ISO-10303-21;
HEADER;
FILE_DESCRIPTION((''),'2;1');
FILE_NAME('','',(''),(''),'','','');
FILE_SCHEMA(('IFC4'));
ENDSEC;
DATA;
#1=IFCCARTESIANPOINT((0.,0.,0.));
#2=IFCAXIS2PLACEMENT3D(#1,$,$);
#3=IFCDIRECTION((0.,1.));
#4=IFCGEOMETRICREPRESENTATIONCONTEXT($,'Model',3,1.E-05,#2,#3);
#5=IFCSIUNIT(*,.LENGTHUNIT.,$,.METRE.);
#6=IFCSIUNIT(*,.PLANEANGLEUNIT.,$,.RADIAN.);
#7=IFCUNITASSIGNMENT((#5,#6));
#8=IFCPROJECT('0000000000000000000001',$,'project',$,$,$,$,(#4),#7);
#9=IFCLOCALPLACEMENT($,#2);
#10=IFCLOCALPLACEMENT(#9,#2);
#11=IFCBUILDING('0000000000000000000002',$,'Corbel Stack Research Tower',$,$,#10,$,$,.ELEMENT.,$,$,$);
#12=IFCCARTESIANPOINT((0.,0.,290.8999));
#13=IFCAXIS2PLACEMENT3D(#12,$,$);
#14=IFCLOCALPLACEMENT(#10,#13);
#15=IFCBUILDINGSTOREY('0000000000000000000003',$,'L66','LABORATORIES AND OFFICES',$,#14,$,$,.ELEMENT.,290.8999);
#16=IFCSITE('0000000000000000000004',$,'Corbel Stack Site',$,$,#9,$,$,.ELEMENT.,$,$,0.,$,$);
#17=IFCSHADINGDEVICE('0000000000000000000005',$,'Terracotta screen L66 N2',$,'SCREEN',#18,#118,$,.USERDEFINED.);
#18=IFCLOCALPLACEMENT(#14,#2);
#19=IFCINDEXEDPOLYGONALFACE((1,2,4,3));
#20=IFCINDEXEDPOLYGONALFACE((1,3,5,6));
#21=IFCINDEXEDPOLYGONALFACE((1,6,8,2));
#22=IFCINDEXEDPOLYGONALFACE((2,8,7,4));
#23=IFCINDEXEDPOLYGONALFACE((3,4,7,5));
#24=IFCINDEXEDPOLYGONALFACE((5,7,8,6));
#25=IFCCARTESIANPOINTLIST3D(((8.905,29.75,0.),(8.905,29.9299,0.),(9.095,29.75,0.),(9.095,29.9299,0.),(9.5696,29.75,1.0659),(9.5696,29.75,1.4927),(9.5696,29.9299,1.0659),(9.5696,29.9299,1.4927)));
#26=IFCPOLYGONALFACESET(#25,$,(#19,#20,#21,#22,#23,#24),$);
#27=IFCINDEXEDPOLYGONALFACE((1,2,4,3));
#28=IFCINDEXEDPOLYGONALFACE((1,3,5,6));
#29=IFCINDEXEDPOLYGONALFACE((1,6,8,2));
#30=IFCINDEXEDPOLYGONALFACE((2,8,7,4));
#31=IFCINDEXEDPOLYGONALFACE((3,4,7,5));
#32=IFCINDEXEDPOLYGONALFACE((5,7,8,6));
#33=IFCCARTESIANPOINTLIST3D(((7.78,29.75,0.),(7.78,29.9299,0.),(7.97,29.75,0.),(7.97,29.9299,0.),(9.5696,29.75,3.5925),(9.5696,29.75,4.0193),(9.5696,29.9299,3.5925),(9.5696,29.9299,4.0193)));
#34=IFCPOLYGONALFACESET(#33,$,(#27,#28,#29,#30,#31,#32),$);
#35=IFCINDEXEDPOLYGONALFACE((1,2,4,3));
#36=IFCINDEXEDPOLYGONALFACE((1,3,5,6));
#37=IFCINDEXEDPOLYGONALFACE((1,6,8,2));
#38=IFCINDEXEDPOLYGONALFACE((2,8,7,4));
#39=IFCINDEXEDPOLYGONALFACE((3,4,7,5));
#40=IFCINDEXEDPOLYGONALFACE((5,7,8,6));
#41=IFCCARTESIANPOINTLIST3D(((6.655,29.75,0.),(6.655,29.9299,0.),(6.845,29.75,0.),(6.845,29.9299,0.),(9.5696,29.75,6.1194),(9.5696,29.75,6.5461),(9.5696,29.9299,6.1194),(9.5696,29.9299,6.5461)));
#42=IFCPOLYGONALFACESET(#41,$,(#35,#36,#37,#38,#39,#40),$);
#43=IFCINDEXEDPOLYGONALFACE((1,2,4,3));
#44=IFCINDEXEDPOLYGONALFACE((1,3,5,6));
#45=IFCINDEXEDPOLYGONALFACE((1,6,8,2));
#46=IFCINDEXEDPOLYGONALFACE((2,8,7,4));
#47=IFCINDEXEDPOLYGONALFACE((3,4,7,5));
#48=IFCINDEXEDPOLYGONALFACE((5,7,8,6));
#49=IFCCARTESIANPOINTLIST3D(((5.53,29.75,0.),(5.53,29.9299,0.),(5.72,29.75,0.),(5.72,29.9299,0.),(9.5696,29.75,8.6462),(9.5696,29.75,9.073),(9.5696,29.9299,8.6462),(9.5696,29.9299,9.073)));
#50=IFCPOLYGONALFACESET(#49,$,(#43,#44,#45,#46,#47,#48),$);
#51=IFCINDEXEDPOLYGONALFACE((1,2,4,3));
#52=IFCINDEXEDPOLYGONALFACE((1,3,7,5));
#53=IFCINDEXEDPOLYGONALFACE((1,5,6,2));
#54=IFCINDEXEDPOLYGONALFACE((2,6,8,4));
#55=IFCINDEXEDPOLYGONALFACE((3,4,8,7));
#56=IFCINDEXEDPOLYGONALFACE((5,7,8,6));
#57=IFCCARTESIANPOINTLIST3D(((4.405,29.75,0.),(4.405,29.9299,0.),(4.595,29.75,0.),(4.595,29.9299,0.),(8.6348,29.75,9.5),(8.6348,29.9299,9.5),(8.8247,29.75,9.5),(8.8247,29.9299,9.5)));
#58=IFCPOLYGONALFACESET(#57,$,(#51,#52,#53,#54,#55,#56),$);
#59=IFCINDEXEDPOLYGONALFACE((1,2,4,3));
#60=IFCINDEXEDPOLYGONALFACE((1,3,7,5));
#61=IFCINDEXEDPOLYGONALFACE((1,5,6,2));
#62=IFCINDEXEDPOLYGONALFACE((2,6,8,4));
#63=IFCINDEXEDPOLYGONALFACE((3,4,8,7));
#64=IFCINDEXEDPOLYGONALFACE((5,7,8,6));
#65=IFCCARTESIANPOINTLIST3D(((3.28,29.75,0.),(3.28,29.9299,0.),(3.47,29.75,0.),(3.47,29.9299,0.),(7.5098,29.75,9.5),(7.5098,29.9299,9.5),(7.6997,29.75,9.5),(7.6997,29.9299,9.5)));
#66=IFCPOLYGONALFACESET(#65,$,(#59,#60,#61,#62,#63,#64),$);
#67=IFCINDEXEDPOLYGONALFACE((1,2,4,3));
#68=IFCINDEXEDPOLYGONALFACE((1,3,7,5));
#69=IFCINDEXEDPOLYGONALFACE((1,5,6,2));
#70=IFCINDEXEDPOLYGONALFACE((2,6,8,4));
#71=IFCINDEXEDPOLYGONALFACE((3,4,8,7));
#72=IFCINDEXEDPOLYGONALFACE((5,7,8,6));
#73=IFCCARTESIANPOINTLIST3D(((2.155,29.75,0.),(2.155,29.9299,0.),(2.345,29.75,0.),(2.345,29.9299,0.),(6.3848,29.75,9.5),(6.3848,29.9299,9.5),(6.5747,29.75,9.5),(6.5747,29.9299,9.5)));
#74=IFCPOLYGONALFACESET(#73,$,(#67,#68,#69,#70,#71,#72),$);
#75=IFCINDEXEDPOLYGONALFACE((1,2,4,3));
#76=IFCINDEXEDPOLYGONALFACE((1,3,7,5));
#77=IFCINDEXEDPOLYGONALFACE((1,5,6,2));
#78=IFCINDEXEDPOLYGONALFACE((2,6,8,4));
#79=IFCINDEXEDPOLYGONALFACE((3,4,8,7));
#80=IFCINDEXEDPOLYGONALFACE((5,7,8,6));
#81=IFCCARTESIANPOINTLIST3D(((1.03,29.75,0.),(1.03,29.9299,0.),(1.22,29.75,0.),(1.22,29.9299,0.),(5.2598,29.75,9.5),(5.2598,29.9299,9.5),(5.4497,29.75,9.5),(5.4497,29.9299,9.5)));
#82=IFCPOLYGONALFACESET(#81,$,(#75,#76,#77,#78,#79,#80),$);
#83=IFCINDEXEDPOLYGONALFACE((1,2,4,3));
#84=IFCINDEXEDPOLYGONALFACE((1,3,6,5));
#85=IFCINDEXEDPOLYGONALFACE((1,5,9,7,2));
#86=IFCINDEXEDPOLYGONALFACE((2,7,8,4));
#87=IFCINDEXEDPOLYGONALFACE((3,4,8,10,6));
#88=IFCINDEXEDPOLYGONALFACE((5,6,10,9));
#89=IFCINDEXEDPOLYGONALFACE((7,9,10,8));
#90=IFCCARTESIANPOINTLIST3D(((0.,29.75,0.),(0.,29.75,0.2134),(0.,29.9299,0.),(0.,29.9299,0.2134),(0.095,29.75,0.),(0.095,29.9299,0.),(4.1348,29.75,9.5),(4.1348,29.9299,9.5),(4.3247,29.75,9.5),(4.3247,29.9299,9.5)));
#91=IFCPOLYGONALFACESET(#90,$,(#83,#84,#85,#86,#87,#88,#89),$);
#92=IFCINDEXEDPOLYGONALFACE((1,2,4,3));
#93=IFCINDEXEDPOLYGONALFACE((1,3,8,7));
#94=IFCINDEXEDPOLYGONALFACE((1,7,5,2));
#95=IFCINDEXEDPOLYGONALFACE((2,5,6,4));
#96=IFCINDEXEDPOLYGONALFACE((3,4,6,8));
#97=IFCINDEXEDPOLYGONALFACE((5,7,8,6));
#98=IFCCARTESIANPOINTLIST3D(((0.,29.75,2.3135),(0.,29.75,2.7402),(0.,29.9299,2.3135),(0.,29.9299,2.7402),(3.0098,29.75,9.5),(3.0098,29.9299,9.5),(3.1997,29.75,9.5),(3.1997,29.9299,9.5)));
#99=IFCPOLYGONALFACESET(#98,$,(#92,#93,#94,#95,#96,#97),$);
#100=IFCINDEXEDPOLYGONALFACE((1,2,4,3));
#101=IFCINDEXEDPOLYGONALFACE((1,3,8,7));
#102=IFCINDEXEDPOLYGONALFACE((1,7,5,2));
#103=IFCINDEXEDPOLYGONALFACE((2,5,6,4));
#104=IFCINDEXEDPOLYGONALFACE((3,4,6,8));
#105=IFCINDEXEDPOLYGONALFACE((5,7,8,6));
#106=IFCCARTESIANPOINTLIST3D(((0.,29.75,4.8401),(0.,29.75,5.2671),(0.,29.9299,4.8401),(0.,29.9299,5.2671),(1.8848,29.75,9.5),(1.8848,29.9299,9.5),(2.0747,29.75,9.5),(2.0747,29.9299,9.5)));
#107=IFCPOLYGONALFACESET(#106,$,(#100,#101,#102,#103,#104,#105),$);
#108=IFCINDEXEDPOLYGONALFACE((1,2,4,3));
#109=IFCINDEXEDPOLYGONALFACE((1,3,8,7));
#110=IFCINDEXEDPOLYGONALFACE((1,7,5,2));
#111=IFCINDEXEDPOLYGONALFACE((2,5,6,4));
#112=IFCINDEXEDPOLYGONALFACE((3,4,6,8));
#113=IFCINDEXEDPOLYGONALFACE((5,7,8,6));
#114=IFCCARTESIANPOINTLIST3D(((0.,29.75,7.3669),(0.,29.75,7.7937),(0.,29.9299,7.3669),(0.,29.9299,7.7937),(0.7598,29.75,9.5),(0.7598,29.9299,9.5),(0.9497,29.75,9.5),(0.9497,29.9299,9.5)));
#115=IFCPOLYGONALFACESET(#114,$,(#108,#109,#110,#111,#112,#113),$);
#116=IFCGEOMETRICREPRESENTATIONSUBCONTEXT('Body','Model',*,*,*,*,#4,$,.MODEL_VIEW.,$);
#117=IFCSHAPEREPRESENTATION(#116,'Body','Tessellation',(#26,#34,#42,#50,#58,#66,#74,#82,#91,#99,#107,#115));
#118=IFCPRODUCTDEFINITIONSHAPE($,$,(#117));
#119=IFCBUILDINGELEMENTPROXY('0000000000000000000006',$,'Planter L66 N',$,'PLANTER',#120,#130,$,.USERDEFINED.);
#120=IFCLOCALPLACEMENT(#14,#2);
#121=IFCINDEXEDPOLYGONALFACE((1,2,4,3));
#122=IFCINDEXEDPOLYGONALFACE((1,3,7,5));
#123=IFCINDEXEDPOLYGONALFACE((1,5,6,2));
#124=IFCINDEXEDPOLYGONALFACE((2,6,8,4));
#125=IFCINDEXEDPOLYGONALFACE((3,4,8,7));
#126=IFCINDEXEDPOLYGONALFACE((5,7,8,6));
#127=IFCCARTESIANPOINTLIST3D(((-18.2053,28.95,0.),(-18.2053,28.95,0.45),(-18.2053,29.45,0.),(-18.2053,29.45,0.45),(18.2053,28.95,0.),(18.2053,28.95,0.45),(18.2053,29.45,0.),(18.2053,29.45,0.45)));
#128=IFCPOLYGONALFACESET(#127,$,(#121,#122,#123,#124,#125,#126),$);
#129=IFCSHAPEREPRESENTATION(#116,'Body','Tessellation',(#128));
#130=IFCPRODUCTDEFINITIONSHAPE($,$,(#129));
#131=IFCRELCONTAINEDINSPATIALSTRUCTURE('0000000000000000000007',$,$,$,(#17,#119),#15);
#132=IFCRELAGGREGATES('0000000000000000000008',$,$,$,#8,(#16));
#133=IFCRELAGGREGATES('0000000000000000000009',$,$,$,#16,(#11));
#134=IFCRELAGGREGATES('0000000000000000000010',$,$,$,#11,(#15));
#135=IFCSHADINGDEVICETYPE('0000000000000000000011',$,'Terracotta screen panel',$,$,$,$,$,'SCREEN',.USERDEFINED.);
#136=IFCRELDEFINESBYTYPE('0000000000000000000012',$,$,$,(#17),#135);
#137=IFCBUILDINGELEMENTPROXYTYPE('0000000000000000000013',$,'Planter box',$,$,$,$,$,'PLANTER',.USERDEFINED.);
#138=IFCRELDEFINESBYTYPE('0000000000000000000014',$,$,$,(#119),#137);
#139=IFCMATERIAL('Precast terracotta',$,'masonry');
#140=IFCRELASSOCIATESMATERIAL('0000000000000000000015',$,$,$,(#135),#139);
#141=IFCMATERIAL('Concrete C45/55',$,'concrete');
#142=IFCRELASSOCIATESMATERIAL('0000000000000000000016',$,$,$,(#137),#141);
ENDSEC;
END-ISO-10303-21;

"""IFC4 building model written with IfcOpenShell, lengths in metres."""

from ifc_helpers import new_model, si_unit, direction, frame, origin, origin_2d, place, context, subcontext, project, spatial, polyline, rectangle, outline, extrude, source, transform, mapped, material, type_object, element, save


model = new_model("IFC4")

# Units and contexts
model_context = context("Model", 3, precision=1e-05, world=origin(), true_north=direction((0.0, 1.0)))
body_context = subcontext(model_context, "Body", "Model", "MODEL_VIEW")
ifc_project = project(units=[si_unit("LENGTHUNIT", "METRE"), si_unit("PLANEANGLEUNIT", "RADIAN")], contexts=[model_context])

# Site, building, storey
site_placement = place(None, origin())
site = spatial("IfcSite", under=ifc_project, at=site_placement, Name="Corbel Stack Site", CompositionType="ELEMENT", RefElevation=0.0)
building_placement = place(site_placement, origin())
building = spatial("IfcBuilding", under=site, at=building_placement, Name="Corbel Stack Research Tower", CompositionType="ELEMENT")
storey_placement = place(building_placement, frame((0.0, 0.0, 290.8999)))
storey = spatial("IfcBuildingStorey", under=building, at=storey_placement, Name="L66", Description="LABORATORIES AND OFFICES", CompositionType="ELEMENT", Elevation=290.8999)

# Shading device
ifc_material_1 = material(Name="Precast terracotta", Category="masonry")
shading_device_type = type_object("IfcShadingDeviceType", Name="Terracotta screen panel", ElementType="SCREEN", PredefinedType="USERDEFINED", material=ifc_material_1)
shared_shape_1 = source(origin(), body_context, "Body", "SweptSolid", [
    extrude(outline(polyline([(0.6646, 0.0), (0.0, 1.4927), (0.0, 1.0659), (0.4746, 0.0), (0.6646, 0.0)])), frame((0.0, 0.0, 0.0), z_axis=(0.0, -1.0, 0.0), x_axis=(1.0, 0.0, 0.0)), (0.0, 0.0, 1.0), 0.1799),
    extrude(outline(polyline([(1.7896, 0.0), (0.0, 4.0193), (0.0, 3.5925), (1.5996, 0.0), (1.7896, 0.0)])), frame((0.0, 0.0, 0.0), z_axis=(0.0, -1.0, 0.0), x_axis=(1.0, 0.0, 0.0)), (0.0, 0.0, 1.0), 0.1799),
    extrude(outline(polyline([(2.9146, 0.0), (0.0, 6.5461), (0.0, 6.1194), (2.7246, 0.0), (2.9146, 0.0)])), frame((0.0, 0.0, 0.0), z_axis=(0.0, -1.0, 0.0), x_axis=(1.0, 0.0, 0.0)), (0.0, 0.0, 1.0), 0.1799),
    extrude(outline(polyline([(4.0396, 0.0), (0.0, 9.073), (0.0, 8.6462), (3.8496, 0.0), (4.0396, 0.0)])), frame((0.0, 0.0, 0.0), z_axis=(0.0, -1.0, 0.0), x_axis=(1.0, 0.0, 0.0)), (0.0, 0.0, 1.0), 0.1799),
    extrude(outline(polyline([(5.1646, 0.0), (0.9348, 9.5), (0.7449, 9.5), (4.9746, 0.0), (5.1646, 0.0)])), frame((0.0, 0.0, 0.0), z_axis=(0.0, -1.0, 0.0), x_axis=(1.0, 0.0, 0.0)), (0.0, 0.0, 1.0), 0.1799),
    extrude(outline(polyline([(6.2896, 0.0), (2.0598, 9.5), (1.8699, 9.5), (6.0996, 0.0), (6.2896, 0.0)])), frame((0.0, 0.0, 0.0), z_axis=(0.0, -1.0, 0.0), x_axis=(1.0, 0.0, 0.0)), (0.0, 0.0, 1.0), 0.1799),
    extrude(outline(polyline([(7.4146, 0.0), (3.1848, 9.5), (2.9949, 9.5), (7.2246, 0.0), (7.4146, 0.0)])), frame((0.0, 0.0, 0.0), z_axis=(0.0, -1.0, 0.0), x_axis=(1.0, 0.0, 0.0)), (0.0, 0.0, 1.0), 0.1799),
    extrude(outline(polyline([(8.5396, 0.0), (4.3098, 9.5), (4.1199, 9.5), (8.3496, 0.0), (8.5396, 0.0)])), frame((0.0, 0.0, 0.0), z_axis=(0.0, -1.0, 0.0), x_axis=(1.0, 0.0, 0.0)), (0.0, 0.0, 1.0), 0.1799),
    extrude(outline(polyline([(9.5696, 0.0), (9.5696, 0.2134), (5.4348, 9.5), (5.2449, 9.5), (9.4746, 0.0), (9.5696, 0.0)])), frame((0.0, 0.0, 0.0), z_axis=(0.0, -1.0, 0.0), x_axis=(1.0, 0.0, 0.0)), (0.0, 0.0, 1.0), 0.1799),
    extrude(outline(polyline([(6.5598, 9.5), (6.3699, 9.5), (9.5696, 2.3135), (9.5696, 2.7402), (6.5598, 9.5)])), frame((0.0, 0.0, 0.0), z_axis=(0.0, -1.0, 0.0), x_axis=(1.0, 0.0, 0.0)), (0.0, 0.0, 1.0), 0.1799),
    extrude(outline(polyline([(7.6848, 9.5), (7.4949, 9.5), (9.5696, 4.8401), (9.5696, 5.2671), (7.6848, 9.5)])), frame((0.0, 0.0, 0.0), z_axis=(0.0, -1.0, 0.0), x_axis=(1.0, 0.0, 0.0)), (0.0, 0.0, 1.0), 0.1799),
    extrude(outline(polyline([(8.8098, 9.5), (8.6199, 9.5), (9.5696, 7.3669), (9.5696, 7.7937), (8.8098, 9.5)])), frame((0.0, 0.0, 0.0), z_axis=(0.0, -1.0, 0.0), x_axis=(1.0, 0.0, 0.0)), (0.0, 0.0, 1.0), 0.1799),
])
shading_device_1_placement = place(storey_placement, frame((9.5696, 29.75, 0.0), z_axis=(0.0, 0.0, 1.0), x_axis=(-1.0, 0.0, 0.0)))
element("IfcShadingDevice", 1, at=shading_device_1_placement, inside=storey, type_object=shading_device_type, Name="Terracotta screen L66 N2", ObjectType="SCREEN", PredefinedType="USERDEFINED", context=body_context, shape_type="MappedRepresentation", body=[
    mapped(shared_shape_1, transform((0.0, 0.0, 0.0))),
])

# Building element proxy
ifc_material_2 = material(Name="Concrete C45/55", Category="concrete")
building_element_proxy_type = type_object("IfcBuildingElementProxyType", Name="Planter box", ElementType="PLANTER", PredefinedType="USERDEFINED", material=ifc_material_2)
proxy_placement = place(storey_placement, frame((0.0, 29.2, 0.0), z_axis=(0.0, 0.0, 1.0), x_axis=(-1.0, 0.0, 0.0)))
element("IfcBuildingElementProxy", 2, at=proxy_placement, inside=storey, type_object=building_element_proxy_type, Name="Planter L66 N", ObjectType="PLANTER", PredefinedType="USERDEFINED", context=body_context, shape_type="SweptSolid", body=[
    extrude(rectangle(XDim=36.4106, YDim=0.5, at=origin_2d()), origin(), (0.0, 0.0, 1.0), 0.45),
])

save(model, "model.ifc")
